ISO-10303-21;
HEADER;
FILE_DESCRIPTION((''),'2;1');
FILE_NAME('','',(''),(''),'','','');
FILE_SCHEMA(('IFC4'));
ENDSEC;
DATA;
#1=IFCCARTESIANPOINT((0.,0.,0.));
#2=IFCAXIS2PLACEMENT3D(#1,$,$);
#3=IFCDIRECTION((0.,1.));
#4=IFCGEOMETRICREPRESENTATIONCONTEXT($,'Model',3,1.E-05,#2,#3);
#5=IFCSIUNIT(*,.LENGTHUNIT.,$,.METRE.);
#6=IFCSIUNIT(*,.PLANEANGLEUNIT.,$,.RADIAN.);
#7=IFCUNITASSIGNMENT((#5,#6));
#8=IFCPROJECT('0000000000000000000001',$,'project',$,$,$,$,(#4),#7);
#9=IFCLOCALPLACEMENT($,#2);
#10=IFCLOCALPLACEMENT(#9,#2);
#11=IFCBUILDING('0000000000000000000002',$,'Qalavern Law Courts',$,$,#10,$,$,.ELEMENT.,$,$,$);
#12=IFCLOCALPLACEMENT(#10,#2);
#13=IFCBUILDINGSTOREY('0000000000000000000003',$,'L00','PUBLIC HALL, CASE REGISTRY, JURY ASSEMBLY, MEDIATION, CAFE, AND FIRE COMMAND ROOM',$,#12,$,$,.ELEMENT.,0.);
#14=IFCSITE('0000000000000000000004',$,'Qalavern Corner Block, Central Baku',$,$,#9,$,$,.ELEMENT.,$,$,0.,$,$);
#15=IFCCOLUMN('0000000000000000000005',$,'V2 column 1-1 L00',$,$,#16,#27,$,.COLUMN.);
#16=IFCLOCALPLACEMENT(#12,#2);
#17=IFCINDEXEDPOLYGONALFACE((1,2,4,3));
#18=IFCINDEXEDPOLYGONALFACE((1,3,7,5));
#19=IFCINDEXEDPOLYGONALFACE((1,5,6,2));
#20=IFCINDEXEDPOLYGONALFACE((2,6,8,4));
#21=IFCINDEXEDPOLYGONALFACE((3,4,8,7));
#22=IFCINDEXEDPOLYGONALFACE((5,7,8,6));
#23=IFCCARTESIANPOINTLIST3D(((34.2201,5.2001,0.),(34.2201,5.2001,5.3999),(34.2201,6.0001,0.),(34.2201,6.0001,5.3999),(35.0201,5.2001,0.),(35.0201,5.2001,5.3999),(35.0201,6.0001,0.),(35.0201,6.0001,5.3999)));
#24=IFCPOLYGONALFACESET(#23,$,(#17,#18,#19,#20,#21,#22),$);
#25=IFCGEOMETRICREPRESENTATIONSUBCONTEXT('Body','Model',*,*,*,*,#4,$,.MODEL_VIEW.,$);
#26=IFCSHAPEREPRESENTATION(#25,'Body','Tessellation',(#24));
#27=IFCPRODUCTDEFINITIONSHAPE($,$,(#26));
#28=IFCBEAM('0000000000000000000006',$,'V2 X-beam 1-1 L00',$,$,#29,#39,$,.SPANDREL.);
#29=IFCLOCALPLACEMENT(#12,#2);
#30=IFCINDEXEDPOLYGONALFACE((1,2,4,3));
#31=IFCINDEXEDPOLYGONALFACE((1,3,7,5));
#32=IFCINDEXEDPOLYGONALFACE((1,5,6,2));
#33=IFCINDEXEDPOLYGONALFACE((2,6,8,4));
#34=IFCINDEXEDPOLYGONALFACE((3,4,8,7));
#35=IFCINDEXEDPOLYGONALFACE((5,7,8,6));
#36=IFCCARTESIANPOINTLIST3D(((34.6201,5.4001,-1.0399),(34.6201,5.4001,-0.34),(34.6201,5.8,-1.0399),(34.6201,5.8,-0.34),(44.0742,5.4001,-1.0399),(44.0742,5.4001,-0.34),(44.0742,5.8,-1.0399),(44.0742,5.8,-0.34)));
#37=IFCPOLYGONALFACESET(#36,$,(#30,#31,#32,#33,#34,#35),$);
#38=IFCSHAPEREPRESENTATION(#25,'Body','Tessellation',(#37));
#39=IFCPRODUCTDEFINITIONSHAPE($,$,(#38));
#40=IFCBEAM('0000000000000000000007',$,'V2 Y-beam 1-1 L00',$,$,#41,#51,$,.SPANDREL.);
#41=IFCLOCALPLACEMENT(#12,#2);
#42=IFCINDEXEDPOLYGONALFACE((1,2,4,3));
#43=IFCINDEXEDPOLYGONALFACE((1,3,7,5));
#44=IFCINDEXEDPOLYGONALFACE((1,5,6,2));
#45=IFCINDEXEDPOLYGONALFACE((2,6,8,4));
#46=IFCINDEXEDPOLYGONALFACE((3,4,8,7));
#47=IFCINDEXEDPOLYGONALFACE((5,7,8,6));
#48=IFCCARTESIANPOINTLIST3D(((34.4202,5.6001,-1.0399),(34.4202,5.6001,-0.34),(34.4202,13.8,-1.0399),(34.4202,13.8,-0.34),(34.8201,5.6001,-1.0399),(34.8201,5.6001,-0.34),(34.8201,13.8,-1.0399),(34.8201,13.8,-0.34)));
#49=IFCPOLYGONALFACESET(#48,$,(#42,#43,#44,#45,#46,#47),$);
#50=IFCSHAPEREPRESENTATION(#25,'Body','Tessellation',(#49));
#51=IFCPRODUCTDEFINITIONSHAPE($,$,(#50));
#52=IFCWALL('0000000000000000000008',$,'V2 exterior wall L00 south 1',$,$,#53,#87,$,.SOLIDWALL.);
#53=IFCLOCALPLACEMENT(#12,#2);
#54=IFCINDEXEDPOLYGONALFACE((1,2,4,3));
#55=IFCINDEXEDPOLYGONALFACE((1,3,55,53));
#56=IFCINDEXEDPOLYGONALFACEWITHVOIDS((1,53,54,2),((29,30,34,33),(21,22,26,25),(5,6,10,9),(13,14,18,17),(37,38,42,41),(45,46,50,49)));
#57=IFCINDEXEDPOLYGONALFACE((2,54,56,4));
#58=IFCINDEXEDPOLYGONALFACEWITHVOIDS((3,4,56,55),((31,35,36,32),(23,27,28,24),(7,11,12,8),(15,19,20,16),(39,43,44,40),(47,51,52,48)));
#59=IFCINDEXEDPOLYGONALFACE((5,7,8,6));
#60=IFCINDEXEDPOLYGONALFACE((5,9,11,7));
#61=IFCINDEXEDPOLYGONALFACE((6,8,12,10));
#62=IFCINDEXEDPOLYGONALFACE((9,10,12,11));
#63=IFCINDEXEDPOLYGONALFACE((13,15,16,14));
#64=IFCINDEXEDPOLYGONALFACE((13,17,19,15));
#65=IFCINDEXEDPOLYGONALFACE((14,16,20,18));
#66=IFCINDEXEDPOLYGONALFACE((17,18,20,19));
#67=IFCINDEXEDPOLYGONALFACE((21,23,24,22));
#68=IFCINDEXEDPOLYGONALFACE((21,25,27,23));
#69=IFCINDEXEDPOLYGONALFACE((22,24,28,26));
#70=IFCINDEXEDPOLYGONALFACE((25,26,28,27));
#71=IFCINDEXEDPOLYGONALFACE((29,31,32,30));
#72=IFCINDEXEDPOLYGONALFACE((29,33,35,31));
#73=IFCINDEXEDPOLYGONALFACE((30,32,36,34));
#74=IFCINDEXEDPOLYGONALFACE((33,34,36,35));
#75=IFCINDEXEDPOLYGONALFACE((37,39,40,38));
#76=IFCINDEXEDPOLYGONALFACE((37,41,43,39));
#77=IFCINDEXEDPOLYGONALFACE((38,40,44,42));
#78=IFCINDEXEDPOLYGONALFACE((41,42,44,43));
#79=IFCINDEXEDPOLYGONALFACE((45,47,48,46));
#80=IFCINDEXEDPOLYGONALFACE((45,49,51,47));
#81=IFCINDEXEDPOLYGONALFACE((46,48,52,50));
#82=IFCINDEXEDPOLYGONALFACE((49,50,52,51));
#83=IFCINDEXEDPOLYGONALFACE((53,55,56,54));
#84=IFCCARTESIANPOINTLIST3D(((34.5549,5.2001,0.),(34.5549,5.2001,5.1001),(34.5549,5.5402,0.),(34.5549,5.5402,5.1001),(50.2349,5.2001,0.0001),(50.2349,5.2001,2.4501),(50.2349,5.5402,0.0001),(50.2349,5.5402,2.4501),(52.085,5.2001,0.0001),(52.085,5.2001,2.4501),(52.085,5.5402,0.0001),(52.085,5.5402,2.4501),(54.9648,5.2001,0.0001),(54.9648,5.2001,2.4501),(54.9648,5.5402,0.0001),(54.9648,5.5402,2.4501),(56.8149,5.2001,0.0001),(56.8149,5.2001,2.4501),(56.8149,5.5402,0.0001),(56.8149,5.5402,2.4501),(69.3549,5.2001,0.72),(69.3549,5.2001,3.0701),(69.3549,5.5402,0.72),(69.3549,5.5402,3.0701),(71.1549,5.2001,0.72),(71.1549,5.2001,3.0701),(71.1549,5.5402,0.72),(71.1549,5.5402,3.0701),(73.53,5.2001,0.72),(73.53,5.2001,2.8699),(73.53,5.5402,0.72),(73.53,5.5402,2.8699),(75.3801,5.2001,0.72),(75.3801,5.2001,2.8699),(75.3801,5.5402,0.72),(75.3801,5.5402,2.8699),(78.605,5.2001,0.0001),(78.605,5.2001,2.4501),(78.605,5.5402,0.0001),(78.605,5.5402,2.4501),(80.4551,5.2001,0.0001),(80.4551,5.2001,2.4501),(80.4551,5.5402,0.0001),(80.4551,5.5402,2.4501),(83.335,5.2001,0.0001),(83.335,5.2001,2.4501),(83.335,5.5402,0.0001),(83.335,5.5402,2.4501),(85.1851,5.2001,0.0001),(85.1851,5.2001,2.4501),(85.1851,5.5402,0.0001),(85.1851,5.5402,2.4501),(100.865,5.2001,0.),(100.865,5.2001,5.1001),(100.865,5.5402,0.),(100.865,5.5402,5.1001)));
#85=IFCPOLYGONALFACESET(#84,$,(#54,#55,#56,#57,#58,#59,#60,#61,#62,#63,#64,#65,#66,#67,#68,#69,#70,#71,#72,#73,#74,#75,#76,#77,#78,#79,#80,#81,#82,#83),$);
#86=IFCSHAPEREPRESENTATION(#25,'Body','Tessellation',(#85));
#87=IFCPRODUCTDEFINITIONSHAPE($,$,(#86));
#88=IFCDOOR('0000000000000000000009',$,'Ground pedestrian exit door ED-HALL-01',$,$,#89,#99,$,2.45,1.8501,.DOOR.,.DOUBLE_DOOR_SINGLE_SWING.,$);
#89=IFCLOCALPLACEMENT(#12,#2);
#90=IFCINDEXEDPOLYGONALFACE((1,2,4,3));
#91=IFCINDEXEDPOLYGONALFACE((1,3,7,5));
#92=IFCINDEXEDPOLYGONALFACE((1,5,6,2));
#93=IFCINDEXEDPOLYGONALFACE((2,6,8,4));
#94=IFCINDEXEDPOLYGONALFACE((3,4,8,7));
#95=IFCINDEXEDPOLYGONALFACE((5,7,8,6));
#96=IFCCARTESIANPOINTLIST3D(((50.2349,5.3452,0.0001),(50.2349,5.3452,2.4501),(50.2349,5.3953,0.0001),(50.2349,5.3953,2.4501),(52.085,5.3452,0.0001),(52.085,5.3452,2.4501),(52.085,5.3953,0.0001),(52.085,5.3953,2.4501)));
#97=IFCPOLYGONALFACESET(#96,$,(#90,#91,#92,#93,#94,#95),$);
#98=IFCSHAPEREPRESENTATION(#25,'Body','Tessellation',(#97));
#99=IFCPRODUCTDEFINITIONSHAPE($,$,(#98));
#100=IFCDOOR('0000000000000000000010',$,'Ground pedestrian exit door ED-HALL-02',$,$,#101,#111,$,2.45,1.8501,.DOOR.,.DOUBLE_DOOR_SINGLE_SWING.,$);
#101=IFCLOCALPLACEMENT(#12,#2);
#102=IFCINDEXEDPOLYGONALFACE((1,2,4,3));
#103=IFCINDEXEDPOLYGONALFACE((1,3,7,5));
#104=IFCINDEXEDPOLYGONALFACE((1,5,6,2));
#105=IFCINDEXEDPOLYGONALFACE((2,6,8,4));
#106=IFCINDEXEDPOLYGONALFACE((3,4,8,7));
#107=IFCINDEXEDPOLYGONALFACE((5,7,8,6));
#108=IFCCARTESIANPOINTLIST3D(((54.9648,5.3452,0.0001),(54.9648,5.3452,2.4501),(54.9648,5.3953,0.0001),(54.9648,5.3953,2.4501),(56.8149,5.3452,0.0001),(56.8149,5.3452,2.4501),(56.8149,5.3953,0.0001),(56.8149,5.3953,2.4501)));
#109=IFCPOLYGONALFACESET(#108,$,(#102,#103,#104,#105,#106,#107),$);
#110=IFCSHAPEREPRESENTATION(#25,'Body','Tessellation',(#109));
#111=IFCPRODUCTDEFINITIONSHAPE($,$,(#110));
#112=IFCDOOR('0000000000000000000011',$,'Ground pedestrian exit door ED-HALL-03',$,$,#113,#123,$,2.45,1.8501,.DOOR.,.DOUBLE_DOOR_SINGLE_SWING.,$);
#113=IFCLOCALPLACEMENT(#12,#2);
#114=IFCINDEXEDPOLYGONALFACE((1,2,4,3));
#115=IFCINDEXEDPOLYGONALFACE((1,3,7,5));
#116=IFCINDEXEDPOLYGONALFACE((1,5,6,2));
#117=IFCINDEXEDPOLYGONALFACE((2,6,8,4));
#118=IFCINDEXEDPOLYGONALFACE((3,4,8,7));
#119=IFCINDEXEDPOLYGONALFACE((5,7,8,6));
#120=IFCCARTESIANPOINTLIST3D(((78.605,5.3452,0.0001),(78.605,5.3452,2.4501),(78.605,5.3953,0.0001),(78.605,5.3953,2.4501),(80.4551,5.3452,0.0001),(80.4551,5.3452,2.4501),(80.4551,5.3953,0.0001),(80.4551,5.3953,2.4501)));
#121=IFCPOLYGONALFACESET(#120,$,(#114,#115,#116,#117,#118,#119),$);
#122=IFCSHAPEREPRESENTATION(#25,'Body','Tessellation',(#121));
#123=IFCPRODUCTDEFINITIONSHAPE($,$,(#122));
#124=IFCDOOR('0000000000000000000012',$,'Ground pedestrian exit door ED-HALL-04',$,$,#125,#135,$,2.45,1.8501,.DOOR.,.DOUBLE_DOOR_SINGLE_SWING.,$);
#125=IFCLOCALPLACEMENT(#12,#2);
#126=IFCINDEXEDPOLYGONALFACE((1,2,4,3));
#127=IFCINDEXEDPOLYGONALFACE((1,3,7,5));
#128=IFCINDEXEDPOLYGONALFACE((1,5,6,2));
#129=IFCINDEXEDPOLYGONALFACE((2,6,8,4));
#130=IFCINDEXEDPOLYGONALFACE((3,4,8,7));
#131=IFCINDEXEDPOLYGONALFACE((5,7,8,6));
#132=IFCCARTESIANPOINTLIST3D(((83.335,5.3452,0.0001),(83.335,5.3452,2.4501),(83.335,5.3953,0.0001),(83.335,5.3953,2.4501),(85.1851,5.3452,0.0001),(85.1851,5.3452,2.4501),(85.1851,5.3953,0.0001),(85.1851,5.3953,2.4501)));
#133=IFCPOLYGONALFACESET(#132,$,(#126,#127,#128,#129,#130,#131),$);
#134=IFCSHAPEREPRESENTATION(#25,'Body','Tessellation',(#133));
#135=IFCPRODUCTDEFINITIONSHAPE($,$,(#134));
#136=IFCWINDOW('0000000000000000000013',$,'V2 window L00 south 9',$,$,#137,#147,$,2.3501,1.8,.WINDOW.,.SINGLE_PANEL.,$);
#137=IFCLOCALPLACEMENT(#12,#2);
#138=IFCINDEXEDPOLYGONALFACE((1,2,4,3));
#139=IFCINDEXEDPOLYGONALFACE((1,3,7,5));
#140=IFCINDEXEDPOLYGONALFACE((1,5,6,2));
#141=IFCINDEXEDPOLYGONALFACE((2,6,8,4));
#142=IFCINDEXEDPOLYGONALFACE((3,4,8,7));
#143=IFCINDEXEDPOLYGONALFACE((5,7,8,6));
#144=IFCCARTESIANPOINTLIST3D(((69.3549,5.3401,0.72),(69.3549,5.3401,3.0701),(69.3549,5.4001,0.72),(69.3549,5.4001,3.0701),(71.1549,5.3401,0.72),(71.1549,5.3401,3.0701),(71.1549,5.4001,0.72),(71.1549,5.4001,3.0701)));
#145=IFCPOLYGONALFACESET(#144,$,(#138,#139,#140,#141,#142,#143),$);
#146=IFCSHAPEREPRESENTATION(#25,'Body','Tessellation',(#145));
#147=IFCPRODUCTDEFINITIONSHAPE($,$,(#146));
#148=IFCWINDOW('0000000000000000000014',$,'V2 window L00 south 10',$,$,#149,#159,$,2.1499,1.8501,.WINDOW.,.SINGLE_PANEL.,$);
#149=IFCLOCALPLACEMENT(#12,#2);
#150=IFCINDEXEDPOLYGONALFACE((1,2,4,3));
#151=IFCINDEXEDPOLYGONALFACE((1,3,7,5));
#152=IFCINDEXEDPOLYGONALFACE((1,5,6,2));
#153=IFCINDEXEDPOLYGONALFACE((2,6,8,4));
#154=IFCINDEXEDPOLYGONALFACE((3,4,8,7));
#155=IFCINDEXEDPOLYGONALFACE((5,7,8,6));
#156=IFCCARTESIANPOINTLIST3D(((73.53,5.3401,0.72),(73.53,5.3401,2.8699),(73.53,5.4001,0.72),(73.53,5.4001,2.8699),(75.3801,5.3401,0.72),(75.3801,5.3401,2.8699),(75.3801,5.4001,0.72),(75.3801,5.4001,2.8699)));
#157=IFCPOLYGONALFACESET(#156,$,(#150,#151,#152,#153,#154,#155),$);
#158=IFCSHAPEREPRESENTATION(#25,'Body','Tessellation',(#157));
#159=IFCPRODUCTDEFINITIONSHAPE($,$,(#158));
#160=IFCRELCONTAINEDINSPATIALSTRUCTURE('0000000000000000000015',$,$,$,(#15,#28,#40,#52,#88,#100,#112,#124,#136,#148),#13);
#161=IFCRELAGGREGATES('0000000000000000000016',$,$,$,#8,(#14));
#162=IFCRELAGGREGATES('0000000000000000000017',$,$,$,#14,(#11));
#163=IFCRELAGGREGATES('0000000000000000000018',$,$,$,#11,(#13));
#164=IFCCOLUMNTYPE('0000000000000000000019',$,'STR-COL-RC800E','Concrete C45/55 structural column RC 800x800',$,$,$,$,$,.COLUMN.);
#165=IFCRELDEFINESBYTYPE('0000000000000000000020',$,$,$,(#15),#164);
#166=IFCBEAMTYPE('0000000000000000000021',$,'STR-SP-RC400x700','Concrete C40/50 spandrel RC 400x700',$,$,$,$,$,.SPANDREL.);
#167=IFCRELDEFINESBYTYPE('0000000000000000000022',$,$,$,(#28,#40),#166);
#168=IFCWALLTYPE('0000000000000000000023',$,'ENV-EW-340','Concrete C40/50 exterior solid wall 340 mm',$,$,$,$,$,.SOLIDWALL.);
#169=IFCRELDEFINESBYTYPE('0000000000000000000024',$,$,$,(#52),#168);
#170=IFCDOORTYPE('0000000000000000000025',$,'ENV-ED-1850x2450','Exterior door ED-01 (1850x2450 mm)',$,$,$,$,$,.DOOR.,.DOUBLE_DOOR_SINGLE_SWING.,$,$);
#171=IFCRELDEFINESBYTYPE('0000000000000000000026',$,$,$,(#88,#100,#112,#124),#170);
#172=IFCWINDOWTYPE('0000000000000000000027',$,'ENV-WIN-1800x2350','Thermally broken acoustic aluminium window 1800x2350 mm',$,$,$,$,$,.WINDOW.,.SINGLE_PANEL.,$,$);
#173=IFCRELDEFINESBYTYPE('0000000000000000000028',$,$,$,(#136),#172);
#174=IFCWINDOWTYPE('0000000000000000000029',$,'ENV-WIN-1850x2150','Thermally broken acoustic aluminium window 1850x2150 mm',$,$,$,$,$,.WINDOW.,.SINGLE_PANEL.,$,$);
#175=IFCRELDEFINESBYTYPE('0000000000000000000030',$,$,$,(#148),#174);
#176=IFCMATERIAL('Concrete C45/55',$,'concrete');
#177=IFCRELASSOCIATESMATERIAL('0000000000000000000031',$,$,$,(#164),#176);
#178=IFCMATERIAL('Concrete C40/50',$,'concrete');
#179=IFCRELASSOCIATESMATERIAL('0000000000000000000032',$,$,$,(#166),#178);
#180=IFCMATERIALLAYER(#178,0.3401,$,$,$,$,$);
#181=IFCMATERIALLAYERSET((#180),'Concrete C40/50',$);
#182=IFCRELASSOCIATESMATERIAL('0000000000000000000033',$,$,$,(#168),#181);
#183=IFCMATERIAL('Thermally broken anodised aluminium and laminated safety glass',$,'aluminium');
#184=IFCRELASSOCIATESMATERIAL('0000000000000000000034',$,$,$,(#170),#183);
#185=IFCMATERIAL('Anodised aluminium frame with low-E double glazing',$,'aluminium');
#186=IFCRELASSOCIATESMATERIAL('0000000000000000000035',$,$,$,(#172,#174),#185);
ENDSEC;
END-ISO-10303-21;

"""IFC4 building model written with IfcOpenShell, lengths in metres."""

from ifc_helpers import new_model, si_unit, direction, frame, frame_2d, origin, origin_2d, place, context, subcontext, project, spatial, rectangle, extrude, material, layer, layer_set, material_profile, profile_set, type_object, element, fill, save


model = new_model("IFC4")

# Units and contexts
model_context = context("Model", 3, precision=1e-05, world=origin(), true_north=direction((0.0, 1.0)))
body_context = subcontext(model_context, "Body", "Model", "MODEL_VIEW")
ifc_project = project(units=[si_unit("LENGTHUNIT", "METRE"), si_unit("PLANEANGLEUNIT", "RADIAN")], contexts=[model_context])

# Site, building, storey
site_placement = place(None, origin())
site = spatial("IfcSite", under=ifc_project, at=site_placement, Name="Qalavern Corner Block, Central Baku", CompositionType="ELEMENT", RefElevation=0.0)
building_placement = place(site_placement, origin())
building = spatial("IfcBuilding", under=site, at=building_placement, Name="Qalavern Law Courts", CompositionType="ELEMENT")
storey_placement = place(building_placement, origin())
storey = spatial("IfcBuildingStorey", under=building, at=storey_placement, Name="L00", Description="PUBLIC HALL, CASE REGISTRY, JURY ASSEMBLY, MEDIATION, CAFE, AND FIRE COMMAND ROOM", CompositionType="ELEMENT", Elevation=0.0)

# Column
ifc_material_1 = material(Name="Concrete C45/55", Category="concrete")
ifc_material_profile_1 = material_profile(ifc_material_1, rectangle(XDim=0.8, YDim=0.8, at=origin_2d()), Name="RC 800x800")
ifc_profile_set_1 = profile_set([ifc_material_profile_1], Name="Concrete C45/55")
column_type = type_object("IfcColumnType", Name="STR-COL-RC800E", Description="Concrete C45/55 structural column RC 800x800", PredefinedType="COLUMN", material=ifc_profile_set_1)
column_placement = place(storey_placement, frame((34.6201, 5.6001, 0.0), z_axis=(0.0, 0.0, 1.0), x_axis=(1.0, 0.0, 0.0)))
element("IfcColumn", 1, at=column_placement, inside=storey, type_object=column_type, Name="V2 column 1-1 L00", PredefinedType="COLUMN", context=body_context, shape_type="SweptSolid", body=[
    extrude(rectangle(XDim=0.8, YDim=0.8, at=origin_2d()), origin(), (0.0, 0.0, 1.0), 5.3999),
])

# Beams
ifc_material_2 = material(Name="Concrete C40/50", Category="concrete")
ifc_material_profile_2 = material_profile(ifc_material_2, rectangle(XDim=0.3999, YDim=0.7, at=origin_2d()), Name="RC 400x700")
ifc_profile_set_2 = profile_set([ifc_material_profile_2], Name="Concrete C40/50")
beam_type = type_object("IfcBeamType", Name="STR-SP-RC400x700", Description="Concrete C40/50 spandrel RC 400x700", PredefinedType="SPANDREL", material=ifc_profile_set_2)
beam_1_placement = place(storey_placement, frame((34.6201, 5.6001, -0.6899), z_axis=(1.0, 0.0, 0.0), x_axis=(0.0, 1.0, 0.0)))
element("IfcBeam", 2, at=beam_1_placement, inside=storey, type_object=beam_type, Name="V2 X-beam 1-1 L00", PredefinedType="SPANDREL", context=body_context, shape_type="SweptSolid", body=[
    extrude(rectangle(XDim=0.3999, YDim=0.7, at=origin_2d()), origin(), (0.0, 0.0, 1.0), 9.4541),
])
beam_2_placement = place(storey_placement, frame((34.6201, 5.6001, -0.6899), z_axis=(0.0, 1.0, 0.0), x_axis=(-1.0, 0.0, 0.0)))
element("IfcBeam", 3, at=beam_2_placement, inside=storey, type_object=beam_type, Name="V2 Y-beam 1-1 L00", PredefinedType="SPANDREL", context=body_context, shape_type="SweptSolid", body=[
    extrude(rectangle(XDim=0.3999, YDim=0.7, at=origin_2d()), origin(), (0.0, 0.0, 1.0), 8.2),
])

# Wall, openings, doors, windows
ifc_layer_1 = layer(ifc_material_2, 0.3401)
ifc_layer_set_1 = layer_set([ifc_layer_1], Name="Concrete C40/50")
wall_type_1 = type_object("IfcWallType", Name="ENV-EW-340", Description="Concrete C40/50 exterior solid wall 340 mm", PredefinedType="SOLIDWALL", material=ifc_layer_set_1)
wall_1_placement = place(storey_placement, frame((34.5549, 5.3701, 0.0), z_axis=(0.0, 0.0, 1.0), x_axis=(1.0, 0.0, 0.0)))
wall_1 = element("IfcWall", 4, at=wall_1_placement, inside=storey, type_object=wall_type_1, Name="V2 exterior wall L00 south 1", PredefinedType="SOLIDWALL", context=body_context, shape_type="SweptSolid", body=[
    extrude(rectangle(XDim=66.3101, YDim=0.3401, at=frame_2d((33.155, 0.0))), origin(), (0.0, 0.0, 1.0), 5.1001),
])
opening_1_placement = place(wall_1_placement, frame((15.6799, 0.0, 0.0)))
opening_1 = element("IfcOpeningElement", 5, at=opening_1_placement, cuts=wall_1, PredefinedType="OPENING", context=body_context, shape_type="SweptSolid", body=[
    extrude(rectangle(XDim=1.8501, YDim=2.45, at=frame_2d((0.925, 1.2251))), frame((0.0, 0.1851, 0.0), z_axis=(0.0, -1.0, 0.0), x_axis=(1.0, 0.0, 0.0)), (0.0, 0.0, 1.0), 0.3699),
])
opening_2_placement = place(wall_1_placement, frame((20.4099, 0.0, 0.0)))
opening_2 = element("IfcOpeningElement", 6, at=opening_2_placement, cuts=wall_1, PredefinedType="OPENING", context=body_context, shape_type="SweptSolid", body=[
    extrude(rectangle(XDim=1.8501, YDim=2.45, at=frame_2d((0.925, 1.2251))), frame((0.0, 0.1851, 0.0), z_axis=(0.0, -1.0, 0.0), x_axis=(1.0, 0.0, 0.0)), (0.0, 0.0, 1.0), 0.3699),
])
opening_3_placement = place(wall_1_placement, frame((44.05, 0.0, 0.0)))
opening_3 = element("IfcOpeningElement", 7, at=opening_3_placement, cuts=wall_1, PredefinedType="OPENING", context=body_context, shape_type="SweptSolid", body=[
    extrude(rectangle(XDim=1.8501, YDim=2.45, at=frame_2d((0.925, 1.2251))), frame((0.0, 0.1851, 0.0), z_axis=(0.0, -1.0, 0.0), x_axis=(1.0, 0.0, 0.0)), (0.0, 0.0, 1.0), 0.3699),
])
opening_4_placement = place(wall_1_placement, frame((48.78, 0.0, 0.0)))
opening_4 = element("IfcOpeningElement", 8, at=opening_4_placement, cuts=wall_1, PredefinedType="OPENING", context=body_context, shape_type="SweptSolid", body=[
    extrude(rectangle(XDim=1.8501, YDim=2.45, at=frame_2d((0.925, 1.2251))), frame((0.0, 0.1851, 0.0), z_axis=(0.0, -1.0, 0.0), x_axis=(1.0, 0.0, 0.0)), (0.0, 0.0, 1.0), 0.3699),
])
opening_5_placement = place(wall_1_placement, frame((34.8, 0.0, 0.72)))
opening_5 = element("IfcOpeningElement", 9, at=opening_5_placement, cuts=wall_1, PredefinedType="OPENING", context=body_context, shape_type="SweptSolid", body=[
    extrude(rectangle(XDim=1.8, YDim=2.3501, at=frame_2d((0.8999, 1.175))), frame((0.0, 0.1851, 0.0), z_axis=(0.0, -1.0, 0.0), x_axis=(1.0, 0.0, 0.0)), (0.0, 0.0, 1.0), 0.3699),
])
opening_6_placement = place(wall_1_placement, frame((38.9751, 0.0, 0.72)))
opening_6 = element("IfcOpeningElement", 10, at=opening_6_placement, cuts=wall_1, PredefinedType="OPENING", context=body_context, shape_type="SweptSolid", body=[
    extrude(rectangle(XDim=1.8501, YDim=2.1499, at=frame_2d((0.925, 1.075))), frame((0.0, 0.1851, 0.0), z_axis=(0.0, -1.0, 0.0), x_axis=(1.0, 0.0, 0.0)), (0.0, 0.0, 1.0), 0.3699),
])
ifc_material_3 = material(Name="Thermally broken anodised aluminium and laminated safety glass", Category="aluminium")
door_type = type_object("IfcDoorType", Name="ENV-ED-1850x2450", Description="Exterior door ED-01 (1850x2450 mm)", OperationType="DOUBLE_DOOR_SINGLE_SWING", PredefinedType="DOOR", material=ifc_material_3)
door_1_placement = place(opening_1_placement, frame((1.8501, 0.0, 0.0), z_axis=(0.0, 0.0, 1.0), x_axis=(-1.0, 0.0, 0.0)))
door_1 = element("IfcDoor", 11, at=door_1_placement, inside=storey, type_object=door_type, Name="Ground pedestrian exit door ED-HALL-01", OperationType="DOUBLE_DOOR_SINGLE_SWING", OverallHeight=2.45, OverallWidth=1.8501, PredefinedType="DOOR", context=body_context, shape_type="SweptSolid", body=[
    extrude(rectangle(XDim=1.8501, YDim=2.45, at=frame_2d((0.925, 1.2251))), frame((0.0, 0.0249, 0.0), z_axis=(0.0, -1.0, 0.0), x_axis=(1.0, 0.0, 0.0)), (0.0, 0.0, 1.0), 0.05),
])
fill(opening_1, door_1)
door_2_placement = place(opening_2_placement, frame((1.8501, 0.0, 0.0), z_axis=(0.0, 0.0, 1.0), x_axis=(-1.0, 0.0, 0.0)))
door_2 = element("IfcDoor", 12, at=door_2_placement, inside=storey, type_object=door_type, Name="Ground pedestrian exit door ED-HALL-02", OperationType="DOUBLE_DOOR_SINGLE_SWING", OverallHeight=2.45, OverallWidth=1.8501, PredefinedType="DOOR", context=body_context, shape_type="SweptSolid", body=[
    extrude(rectangle(XDim=1.8501, YDim=2.45, at=frame_2d((0.925, 1.2251))), frame((0.0, 0.0249, 0.0), z_axis=(0.0, -1.0, 0.0), x_axis=(1.0, 0.0, 0.0)), (0.0, 0.0, 1.0), 0.05),
])
fill(opening_2, door_2)
door_3_placement = place(opening_3_placement, frame((1.8501, 0.0, 0.0), z_axis=(0.0, 0.0, 1.0), x_axis=(-1.0, 0.0, 0.0)))
door_3 = element("IfcDoor", 13, at=door_3_placement, inside=storey, type_object=door_type, Name="Ground pedestrian exit door ED-HALL-03", OperationType="DOUBLE_DOOR_SINGLE_SWING", OverallHeight=2.45, OverallWidth=1.8501, PredefinedType="DOOR", context=body_context, shape_type="SweptSolid", body=[
    extrude(rectangle(XDim=1.8501, YDim=2.45, at=frame_2d((0.925, 1.2251))), frame((0.0, 0.0249, 0.0), z_axis=(0.0, -1.0, 0.0), x_axis=(1.0, 0.0, 0.0)), (0.0, 0.0, 1.0), 0.05),
])
fill(opening_3, door_3)
door_4_placement = place(opening_4_placement, frame((1.8501, 0.0, 0.0), z_axis=(0.0, 0.0, 1.0), x_axis=(-1.0, 0.0, 0.0)))
door_4 = element("IfcDoor", 14, at=door_4_placement, inside=storey, type_object=door_type, Name="Ground pedestrian exit door ED-HALL-04", OperationType="DOUBLE_DOOR_SINGLE_SWING", OverallHeight=2.45, OverallWidth=1.8501, PredefinedType="DOOR", context=body_context, shape_type="SweptSolid", body=[
    extrude(rectangle(XDim=1.8501, YDim=2.45, at=frame_2d((0.925, 1.2251))), frame((0.0, 0.0249, 0.0), z_axis=(0.0, -1.0, 0.0), x_axis=(1.0, 0.0, 0.0)), (0.0, 0.0, 1.0), 0.05),
])
fill(opening_4, door_4)
ifc_material_4 = material(Name="Anodised aluminium frame with low-E double glazing", Category="aluminium")
window_type_1 = type_object("IfcWindowType", Name="ENV-WIN-1800x2350", Description="Thermally broken acoustic aluminium window 1800x2350 mm", PartitioningType="SINGLE_PANEL", PredefinedType="WINDOW", material=ifc_material_4)
window_1_placement = place(opening_5_placement, origin())
window_1 = element("IfcWindow", 15, at=window_1_placement, inside=storey, type_object=window_type_1, Name="V2 window L00 south 9", OverallHeight=2.3501, OverallWidth=1.8, PartitioningType="SINGLE_PANEL", PredefinedType="WINDOW", context=body_context, shape_type="SweptSolid", body=[
    extrude(rectangle(XDim=1.8, YDim=2.3501, at=frame_2d((0.8999, 1.175))), frame((0.0, 0.03, 0.0), z_axis=(0.0, -1.0, 0.0), x_axis=(1.0, 0.0, 0.0)), (0.0, 0.0, 1.0), 0.0601),
])
fill(opening_5, window_1)
window_type_2 = type_object("IfcWindowType", Name="ENV-WIN-1850x2150", Description="Thermally broken acoustic aluminium window 1850x2150 mm", PartitioningType="SINGLE_PANEL", PredefinedType="WINDOW", material=ifc_material_4)
window_2_placement = place(opening_6_placement, origin())
window_2 = element("IfcWindow", 16, at=window_2_placement, inside=storey, type_object=window_type_2, Name="V2 window L00 south 10", OverallHeight=2.1499, OverallWidth=1.8501, PartitioningType="SINGLE_PANEL", PredefinedType="WINDOW", context=body_context, shape_type="SweptSolid", body=[
    extrude(rectangle(XDim=1.8501, YDim=2.1499, at=frame_2d((0.925, 1.075))), frame((0.0, 0.03, 0.0), z_axis=(0.0, -1.0, 0.0), x_axis=(1.0, 0.0, 0.0)), (0.0, 0.0, 1.0), 0.0601),
])
fill(opening_6, window_2)

save(model, "model.ifc")
